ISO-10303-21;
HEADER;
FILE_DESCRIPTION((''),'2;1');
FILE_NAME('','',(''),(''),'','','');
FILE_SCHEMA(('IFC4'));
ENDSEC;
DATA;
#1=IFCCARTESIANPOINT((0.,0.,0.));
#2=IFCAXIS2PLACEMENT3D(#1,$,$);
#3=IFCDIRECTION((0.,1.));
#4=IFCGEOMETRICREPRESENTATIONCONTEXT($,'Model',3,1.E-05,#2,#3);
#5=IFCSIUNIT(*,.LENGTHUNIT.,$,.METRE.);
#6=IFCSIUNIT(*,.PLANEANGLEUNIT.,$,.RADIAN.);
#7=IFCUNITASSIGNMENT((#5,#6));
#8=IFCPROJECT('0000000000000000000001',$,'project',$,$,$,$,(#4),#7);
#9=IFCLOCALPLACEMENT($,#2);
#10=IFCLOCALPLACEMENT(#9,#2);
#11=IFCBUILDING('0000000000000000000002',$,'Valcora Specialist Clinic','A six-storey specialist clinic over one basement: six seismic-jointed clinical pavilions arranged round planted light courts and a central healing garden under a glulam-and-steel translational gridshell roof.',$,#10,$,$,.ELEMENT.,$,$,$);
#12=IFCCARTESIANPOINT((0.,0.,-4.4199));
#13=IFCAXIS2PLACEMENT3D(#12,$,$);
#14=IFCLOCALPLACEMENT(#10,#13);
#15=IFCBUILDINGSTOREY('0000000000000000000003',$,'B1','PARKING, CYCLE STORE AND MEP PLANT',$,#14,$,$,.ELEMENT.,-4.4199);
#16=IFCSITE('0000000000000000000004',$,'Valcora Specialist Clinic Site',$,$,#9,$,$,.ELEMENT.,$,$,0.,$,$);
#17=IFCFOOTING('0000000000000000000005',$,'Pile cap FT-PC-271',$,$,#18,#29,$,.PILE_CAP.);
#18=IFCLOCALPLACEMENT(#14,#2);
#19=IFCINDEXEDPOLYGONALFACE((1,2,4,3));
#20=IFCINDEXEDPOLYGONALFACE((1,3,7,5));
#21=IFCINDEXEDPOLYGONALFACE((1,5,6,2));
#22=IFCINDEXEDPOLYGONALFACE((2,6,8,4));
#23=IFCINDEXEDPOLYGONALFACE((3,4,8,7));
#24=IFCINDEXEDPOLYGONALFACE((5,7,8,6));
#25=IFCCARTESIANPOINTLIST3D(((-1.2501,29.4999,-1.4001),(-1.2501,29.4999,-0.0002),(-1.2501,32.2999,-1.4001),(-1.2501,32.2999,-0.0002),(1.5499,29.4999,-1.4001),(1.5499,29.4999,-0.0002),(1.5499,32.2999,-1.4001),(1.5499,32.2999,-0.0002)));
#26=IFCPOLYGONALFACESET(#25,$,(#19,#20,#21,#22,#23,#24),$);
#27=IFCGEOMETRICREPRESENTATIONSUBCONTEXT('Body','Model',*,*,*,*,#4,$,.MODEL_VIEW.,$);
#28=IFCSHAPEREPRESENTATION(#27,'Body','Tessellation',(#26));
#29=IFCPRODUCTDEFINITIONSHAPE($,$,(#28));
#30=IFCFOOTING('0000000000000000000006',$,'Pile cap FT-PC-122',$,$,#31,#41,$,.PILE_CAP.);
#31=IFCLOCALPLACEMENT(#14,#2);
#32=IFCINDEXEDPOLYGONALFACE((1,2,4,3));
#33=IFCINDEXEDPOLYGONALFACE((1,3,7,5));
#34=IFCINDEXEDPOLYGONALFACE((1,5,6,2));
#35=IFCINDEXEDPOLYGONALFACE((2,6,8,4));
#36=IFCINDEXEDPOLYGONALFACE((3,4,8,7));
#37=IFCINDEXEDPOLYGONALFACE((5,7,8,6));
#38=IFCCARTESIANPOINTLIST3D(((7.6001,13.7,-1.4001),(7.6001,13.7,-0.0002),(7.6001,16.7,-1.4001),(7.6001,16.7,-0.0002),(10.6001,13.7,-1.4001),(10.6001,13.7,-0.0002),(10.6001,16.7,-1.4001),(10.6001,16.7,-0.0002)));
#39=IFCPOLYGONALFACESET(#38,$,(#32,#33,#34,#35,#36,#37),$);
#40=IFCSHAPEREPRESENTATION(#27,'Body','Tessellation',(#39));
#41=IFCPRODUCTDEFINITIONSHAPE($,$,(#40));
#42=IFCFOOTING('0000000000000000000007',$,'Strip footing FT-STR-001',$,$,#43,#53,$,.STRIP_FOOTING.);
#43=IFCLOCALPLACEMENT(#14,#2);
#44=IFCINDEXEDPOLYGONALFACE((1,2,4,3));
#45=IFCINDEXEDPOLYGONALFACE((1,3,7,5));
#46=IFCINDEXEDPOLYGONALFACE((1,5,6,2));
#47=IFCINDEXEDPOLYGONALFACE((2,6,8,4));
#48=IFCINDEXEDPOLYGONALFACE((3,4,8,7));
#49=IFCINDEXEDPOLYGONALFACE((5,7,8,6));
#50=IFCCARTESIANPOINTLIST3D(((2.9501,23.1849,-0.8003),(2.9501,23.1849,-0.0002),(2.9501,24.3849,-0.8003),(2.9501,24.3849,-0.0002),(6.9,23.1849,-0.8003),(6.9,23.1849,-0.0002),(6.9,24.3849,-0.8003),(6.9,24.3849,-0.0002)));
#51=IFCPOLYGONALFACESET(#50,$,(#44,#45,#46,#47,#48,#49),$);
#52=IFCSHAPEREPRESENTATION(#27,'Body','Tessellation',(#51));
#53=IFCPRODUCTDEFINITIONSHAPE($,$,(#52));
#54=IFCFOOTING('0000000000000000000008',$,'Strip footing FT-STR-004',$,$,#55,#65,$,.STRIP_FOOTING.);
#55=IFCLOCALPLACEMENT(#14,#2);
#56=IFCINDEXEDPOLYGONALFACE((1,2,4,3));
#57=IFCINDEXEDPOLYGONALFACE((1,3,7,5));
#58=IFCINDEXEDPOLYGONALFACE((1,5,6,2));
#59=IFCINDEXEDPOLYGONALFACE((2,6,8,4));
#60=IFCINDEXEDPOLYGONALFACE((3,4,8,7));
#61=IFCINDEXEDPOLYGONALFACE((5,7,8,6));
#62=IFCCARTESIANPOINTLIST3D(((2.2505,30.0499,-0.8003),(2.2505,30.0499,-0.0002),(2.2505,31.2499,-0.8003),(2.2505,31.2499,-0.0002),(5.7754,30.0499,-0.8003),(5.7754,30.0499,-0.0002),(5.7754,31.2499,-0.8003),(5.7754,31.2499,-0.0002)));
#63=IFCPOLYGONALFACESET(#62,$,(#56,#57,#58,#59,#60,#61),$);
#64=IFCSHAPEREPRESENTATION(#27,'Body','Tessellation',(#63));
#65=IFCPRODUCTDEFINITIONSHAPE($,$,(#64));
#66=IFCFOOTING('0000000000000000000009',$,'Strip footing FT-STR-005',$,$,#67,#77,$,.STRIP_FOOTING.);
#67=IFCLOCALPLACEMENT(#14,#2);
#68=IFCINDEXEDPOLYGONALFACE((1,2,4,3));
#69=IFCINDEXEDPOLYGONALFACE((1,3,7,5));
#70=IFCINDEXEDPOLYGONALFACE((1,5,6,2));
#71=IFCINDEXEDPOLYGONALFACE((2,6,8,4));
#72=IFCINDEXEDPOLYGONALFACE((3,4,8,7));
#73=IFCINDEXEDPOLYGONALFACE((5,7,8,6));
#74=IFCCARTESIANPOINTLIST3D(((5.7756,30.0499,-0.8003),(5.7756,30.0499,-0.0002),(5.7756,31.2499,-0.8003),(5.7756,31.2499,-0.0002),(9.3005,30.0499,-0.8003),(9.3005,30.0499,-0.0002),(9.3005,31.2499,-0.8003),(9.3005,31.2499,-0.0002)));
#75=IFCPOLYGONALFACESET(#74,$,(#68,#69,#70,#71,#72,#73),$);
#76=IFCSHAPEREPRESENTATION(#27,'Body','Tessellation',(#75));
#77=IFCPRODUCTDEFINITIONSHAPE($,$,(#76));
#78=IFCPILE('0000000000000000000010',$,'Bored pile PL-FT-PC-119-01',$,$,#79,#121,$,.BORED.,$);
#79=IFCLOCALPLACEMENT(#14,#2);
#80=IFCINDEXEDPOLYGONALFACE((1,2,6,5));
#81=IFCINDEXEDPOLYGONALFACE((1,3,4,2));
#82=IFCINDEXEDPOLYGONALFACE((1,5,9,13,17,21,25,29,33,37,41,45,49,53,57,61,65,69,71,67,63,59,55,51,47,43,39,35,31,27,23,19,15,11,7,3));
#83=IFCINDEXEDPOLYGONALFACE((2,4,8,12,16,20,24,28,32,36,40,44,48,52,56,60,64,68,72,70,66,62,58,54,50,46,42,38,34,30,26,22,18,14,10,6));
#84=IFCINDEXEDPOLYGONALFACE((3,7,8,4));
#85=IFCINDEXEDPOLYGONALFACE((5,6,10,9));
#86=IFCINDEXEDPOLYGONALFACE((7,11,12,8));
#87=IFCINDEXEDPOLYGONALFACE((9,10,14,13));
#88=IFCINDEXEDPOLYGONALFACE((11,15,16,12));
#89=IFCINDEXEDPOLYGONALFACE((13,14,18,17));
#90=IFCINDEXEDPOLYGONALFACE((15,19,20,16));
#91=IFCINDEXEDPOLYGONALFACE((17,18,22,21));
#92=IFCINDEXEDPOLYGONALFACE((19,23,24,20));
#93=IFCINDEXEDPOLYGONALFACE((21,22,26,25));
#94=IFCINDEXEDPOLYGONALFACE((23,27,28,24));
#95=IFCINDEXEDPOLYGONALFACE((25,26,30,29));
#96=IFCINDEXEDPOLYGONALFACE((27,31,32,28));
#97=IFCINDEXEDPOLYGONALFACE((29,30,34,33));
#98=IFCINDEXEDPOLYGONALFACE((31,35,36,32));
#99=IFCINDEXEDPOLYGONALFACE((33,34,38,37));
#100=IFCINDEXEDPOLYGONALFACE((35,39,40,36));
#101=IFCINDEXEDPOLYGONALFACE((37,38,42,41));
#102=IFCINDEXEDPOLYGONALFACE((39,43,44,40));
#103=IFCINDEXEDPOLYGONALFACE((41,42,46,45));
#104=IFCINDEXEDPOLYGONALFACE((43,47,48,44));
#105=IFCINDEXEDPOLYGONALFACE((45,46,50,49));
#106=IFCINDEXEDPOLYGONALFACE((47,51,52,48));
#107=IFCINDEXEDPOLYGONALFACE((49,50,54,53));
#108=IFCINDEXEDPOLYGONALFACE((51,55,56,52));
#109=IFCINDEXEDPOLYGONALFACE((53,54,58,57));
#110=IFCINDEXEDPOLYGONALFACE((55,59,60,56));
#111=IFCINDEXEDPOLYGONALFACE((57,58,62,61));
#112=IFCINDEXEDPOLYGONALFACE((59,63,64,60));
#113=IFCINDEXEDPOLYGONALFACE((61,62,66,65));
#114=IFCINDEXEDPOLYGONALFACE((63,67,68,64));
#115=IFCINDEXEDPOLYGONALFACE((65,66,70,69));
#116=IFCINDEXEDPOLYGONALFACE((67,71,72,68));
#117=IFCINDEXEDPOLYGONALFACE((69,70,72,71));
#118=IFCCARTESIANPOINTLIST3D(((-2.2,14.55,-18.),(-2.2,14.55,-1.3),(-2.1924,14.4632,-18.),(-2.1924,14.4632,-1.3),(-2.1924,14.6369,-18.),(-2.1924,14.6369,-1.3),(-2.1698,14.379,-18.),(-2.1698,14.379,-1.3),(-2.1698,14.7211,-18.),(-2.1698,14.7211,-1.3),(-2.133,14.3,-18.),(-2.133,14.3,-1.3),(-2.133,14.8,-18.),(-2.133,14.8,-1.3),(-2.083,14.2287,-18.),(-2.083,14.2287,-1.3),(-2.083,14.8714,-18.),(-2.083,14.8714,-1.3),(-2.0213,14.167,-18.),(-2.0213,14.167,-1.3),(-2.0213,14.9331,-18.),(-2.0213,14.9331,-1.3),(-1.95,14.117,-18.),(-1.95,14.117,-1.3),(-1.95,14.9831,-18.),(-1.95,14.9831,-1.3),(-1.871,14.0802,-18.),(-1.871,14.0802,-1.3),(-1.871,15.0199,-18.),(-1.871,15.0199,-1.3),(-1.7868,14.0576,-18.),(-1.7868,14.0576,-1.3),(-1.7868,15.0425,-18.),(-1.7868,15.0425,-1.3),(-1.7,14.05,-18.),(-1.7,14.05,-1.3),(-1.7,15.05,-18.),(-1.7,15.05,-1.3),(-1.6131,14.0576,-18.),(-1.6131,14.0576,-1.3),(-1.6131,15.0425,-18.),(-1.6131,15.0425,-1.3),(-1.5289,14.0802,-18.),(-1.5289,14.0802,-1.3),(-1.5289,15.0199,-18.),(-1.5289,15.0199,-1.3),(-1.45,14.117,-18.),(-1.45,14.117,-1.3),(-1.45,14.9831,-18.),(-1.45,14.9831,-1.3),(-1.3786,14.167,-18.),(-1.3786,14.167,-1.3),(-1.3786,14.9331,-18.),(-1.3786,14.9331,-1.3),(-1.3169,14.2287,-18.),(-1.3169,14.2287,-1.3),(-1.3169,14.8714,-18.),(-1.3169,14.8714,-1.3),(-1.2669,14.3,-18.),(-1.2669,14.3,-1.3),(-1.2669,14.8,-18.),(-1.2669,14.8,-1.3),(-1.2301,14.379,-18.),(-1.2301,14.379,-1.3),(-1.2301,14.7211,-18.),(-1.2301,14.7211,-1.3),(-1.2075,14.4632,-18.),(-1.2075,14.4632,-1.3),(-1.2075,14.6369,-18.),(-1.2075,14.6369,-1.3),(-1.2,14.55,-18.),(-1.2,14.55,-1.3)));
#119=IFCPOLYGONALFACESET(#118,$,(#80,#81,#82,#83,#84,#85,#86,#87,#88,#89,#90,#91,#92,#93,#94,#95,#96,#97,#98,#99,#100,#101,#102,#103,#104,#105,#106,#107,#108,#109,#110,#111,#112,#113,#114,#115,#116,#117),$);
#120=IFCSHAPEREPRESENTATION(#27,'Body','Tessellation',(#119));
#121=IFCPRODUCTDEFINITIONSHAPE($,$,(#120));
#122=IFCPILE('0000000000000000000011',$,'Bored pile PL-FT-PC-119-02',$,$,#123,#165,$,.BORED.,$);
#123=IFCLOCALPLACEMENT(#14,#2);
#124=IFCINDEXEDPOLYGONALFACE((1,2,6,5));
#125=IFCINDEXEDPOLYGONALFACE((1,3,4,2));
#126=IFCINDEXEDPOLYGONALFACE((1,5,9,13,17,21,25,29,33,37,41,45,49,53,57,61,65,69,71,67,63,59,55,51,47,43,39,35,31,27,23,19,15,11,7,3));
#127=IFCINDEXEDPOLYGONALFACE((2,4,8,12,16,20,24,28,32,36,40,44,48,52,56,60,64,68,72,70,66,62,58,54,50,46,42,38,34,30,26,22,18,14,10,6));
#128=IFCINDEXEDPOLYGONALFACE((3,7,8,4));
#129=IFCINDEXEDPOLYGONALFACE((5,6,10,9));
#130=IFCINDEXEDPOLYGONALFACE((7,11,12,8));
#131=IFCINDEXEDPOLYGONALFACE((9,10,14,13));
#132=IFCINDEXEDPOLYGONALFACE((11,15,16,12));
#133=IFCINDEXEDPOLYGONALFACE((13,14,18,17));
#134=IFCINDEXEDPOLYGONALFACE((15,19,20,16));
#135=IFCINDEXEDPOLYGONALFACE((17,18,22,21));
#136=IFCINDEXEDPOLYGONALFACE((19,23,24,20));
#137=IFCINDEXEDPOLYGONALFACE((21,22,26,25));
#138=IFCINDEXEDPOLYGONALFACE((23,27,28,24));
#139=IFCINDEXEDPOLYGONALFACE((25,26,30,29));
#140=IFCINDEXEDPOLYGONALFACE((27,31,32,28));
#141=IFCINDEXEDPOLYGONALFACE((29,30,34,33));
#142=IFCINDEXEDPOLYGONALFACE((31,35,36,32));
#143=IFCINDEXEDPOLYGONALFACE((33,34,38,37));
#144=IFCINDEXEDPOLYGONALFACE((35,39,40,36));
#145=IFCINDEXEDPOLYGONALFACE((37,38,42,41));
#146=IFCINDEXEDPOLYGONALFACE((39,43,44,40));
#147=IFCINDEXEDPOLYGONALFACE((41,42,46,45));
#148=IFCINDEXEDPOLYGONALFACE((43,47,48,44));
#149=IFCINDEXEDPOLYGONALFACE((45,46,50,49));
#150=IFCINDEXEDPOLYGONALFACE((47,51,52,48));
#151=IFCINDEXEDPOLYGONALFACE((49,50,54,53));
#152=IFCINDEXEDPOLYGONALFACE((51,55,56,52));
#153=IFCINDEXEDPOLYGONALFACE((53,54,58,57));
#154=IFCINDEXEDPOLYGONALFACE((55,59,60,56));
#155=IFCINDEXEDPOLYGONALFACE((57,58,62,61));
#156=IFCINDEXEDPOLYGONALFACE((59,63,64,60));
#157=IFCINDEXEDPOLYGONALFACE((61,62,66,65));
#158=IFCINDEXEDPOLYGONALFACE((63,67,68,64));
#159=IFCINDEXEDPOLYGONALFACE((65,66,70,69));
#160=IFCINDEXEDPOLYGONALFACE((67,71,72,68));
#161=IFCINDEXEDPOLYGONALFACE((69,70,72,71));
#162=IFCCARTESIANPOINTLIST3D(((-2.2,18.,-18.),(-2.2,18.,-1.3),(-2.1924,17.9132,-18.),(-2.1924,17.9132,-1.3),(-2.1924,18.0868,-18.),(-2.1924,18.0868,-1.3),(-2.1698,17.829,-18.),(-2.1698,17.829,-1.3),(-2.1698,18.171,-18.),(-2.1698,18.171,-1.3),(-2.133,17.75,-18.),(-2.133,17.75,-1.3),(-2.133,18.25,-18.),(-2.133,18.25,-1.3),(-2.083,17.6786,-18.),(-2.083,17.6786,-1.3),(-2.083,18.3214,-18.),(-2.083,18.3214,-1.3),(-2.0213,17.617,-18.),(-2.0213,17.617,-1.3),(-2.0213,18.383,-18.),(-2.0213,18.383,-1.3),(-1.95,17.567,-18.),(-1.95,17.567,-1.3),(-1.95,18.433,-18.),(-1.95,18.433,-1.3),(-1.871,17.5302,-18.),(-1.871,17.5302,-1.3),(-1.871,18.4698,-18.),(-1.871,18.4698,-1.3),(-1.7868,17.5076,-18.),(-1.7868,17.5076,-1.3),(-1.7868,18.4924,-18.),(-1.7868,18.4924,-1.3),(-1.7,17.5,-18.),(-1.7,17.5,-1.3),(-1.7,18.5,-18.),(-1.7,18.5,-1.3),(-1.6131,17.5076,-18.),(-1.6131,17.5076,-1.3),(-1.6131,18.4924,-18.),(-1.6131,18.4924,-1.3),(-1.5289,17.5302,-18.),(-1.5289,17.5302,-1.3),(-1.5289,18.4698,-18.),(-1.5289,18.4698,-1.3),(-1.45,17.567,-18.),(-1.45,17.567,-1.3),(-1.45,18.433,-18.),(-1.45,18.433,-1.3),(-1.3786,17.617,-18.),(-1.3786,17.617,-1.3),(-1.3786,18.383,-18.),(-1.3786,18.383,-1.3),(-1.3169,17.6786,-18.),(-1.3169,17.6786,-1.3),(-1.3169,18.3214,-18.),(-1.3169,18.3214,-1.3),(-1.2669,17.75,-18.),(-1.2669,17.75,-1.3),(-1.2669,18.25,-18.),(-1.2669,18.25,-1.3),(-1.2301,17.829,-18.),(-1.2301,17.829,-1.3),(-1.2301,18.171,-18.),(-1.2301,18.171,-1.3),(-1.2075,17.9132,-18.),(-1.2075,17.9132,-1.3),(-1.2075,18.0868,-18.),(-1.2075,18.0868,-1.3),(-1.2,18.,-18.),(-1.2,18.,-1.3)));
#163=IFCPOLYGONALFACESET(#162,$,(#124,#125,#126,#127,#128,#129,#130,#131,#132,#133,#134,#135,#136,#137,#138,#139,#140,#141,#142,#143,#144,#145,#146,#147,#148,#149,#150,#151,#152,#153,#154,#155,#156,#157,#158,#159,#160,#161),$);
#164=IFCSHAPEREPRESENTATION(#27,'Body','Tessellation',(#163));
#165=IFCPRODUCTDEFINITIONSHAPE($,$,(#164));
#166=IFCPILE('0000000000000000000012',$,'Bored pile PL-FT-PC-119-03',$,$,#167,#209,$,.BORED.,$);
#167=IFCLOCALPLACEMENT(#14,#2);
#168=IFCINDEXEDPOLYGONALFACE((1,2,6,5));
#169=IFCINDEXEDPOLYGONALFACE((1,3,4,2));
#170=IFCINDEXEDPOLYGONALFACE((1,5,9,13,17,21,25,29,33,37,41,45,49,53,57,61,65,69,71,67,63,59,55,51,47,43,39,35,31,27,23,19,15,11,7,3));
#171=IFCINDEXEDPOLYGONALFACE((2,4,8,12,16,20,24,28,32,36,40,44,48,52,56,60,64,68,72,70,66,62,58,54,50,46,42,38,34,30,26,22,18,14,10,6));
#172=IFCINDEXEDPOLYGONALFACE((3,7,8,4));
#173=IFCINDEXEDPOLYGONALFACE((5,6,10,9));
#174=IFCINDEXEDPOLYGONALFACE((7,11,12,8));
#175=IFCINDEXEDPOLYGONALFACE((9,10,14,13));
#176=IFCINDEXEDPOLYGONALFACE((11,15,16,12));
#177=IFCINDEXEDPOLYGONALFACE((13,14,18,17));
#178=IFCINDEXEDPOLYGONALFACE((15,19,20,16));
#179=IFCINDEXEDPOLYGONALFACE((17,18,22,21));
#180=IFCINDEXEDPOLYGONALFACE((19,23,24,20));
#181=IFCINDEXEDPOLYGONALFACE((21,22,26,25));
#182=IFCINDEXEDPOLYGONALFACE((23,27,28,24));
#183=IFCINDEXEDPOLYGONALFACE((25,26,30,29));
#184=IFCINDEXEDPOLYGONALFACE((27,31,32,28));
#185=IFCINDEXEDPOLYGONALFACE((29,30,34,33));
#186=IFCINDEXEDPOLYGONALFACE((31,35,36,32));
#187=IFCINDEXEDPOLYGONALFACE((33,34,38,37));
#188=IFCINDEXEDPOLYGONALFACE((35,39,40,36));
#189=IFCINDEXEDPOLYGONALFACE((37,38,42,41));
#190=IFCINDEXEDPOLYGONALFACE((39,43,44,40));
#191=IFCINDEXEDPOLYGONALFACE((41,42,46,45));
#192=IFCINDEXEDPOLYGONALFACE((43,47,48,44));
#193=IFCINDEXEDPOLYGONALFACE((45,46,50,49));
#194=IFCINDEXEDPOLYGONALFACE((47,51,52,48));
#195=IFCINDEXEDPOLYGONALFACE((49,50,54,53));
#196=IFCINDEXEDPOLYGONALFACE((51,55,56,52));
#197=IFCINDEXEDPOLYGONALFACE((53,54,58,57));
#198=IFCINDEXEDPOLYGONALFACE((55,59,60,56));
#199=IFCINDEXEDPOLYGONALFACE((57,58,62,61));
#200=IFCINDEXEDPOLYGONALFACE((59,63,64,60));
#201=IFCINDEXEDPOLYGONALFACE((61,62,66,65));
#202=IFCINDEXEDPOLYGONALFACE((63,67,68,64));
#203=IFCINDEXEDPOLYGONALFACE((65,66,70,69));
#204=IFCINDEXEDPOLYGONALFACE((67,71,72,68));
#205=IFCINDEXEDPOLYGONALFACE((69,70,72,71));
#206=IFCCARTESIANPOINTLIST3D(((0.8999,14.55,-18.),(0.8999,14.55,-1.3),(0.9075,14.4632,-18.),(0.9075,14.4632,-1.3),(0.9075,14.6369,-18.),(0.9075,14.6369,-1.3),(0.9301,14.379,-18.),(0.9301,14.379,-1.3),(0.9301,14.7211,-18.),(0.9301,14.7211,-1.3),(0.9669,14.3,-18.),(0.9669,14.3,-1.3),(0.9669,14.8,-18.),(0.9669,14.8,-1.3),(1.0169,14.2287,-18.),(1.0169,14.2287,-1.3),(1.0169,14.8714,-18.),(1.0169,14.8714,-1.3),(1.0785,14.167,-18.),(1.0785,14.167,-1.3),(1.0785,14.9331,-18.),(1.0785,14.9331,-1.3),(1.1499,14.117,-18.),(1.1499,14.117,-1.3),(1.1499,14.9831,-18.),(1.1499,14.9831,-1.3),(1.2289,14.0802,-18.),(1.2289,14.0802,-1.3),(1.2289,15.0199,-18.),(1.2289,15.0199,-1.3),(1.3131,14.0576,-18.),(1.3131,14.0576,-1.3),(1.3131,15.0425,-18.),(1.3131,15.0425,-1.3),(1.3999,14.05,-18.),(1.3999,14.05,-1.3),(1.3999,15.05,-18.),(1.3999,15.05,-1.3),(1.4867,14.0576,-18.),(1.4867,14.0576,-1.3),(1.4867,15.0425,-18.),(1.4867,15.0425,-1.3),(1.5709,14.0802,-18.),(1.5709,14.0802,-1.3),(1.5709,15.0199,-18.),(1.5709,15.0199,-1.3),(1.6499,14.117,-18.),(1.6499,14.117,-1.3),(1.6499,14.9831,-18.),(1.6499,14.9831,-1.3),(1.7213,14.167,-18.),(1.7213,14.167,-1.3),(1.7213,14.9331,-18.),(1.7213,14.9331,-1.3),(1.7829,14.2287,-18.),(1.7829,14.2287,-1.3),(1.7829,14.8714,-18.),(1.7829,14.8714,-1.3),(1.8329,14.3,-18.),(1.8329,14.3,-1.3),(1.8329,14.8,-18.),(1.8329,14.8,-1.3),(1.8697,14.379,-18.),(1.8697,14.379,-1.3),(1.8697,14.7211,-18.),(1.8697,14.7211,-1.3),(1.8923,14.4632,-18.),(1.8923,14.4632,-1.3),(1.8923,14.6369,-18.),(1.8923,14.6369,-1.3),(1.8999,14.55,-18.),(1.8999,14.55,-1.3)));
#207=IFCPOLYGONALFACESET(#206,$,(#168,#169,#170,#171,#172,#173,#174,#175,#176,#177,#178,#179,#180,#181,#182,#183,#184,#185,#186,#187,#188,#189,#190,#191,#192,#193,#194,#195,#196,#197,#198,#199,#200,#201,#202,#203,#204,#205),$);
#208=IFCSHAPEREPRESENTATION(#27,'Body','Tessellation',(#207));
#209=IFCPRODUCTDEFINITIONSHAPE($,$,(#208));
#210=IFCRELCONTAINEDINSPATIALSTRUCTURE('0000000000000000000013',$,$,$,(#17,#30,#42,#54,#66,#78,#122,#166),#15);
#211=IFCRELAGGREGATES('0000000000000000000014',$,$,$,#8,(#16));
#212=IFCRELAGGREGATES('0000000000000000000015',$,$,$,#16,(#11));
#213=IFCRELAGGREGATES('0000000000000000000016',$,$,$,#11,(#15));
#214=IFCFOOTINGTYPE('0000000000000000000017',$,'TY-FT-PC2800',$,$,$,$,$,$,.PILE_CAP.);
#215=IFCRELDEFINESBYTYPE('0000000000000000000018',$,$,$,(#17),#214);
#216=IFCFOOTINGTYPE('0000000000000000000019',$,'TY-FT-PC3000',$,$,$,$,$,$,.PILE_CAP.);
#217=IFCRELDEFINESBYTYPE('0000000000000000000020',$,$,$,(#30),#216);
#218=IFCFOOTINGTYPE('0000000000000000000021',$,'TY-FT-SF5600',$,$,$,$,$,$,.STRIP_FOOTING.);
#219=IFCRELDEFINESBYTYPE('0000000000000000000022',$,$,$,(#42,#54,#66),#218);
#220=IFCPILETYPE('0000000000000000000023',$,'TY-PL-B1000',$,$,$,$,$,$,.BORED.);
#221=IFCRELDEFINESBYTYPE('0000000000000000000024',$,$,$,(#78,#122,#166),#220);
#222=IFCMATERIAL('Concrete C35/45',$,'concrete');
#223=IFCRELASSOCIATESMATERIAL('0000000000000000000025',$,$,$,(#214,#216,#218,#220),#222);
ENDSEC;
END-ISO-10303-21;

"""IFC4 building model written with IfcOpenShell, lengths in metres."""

from ifc_helpers import new_model, si_unit, direction, frame, origin, origin_2d, place, context, subcontext, project, spatial, rectangle, circle, extrude, material, material_profile, profile_set, type_object, element, save


model = new_model("IFC4")

# Units and contexts
model_context = context("Model", 3, precision=1e-05, world=origin(), true_north=direction((0.0, 1.0)))
body_context = subcontext(model_context, "Body", "Model", "MODEL_VIEW")
ifc_project = project(units=[si_unit("LENGTHUNIT", "METRE"), si_unit("PLANEANGLEUNIT", "RADIAN")], contexts=[model_context])

# Site, building, storey
site_placement = place(None, origin())
site = spatial("IfcSite", under=ifc_project, at=site_placement, Name="Valcora Specialist Clinic Site", CompositionType="ELEMENT", RefElevation=0.0)
building_placement = place(site_placement, origin())
building = spatial("IfcBuilding", under=site, at=building_placement, Name="Valcora Specialist Clinic", Description="A six-storey specialist clinic over one basement: six seismic-jointed clinical pavilions arranged round planted light courts and a central healing garden under a glulam-and-steel translational gridshell roof.", CompositionType="ELEMENT")
storey_placement = place(building_placement, frame((0.0, 0.0, -4.4199)))
storey = spatial("IfcBuildingStorey", under=building, at=storey_placement, Name="B1", Description="PARKING, CYCLE STORE AND MEP PLANT", CompositionType="ELEMENT", Elevation=-4.4199)

# Footings
ifc_material_1 = material(Name="Concrete C35/45", Category="concrete")
footing_type_1 = type_object("IfcFootingType", Name="TY-FT-PC2800", PredefinedType="PILE_CAP", material=ifc_material_1)
footing_1_placement = place(storey_placement, frame((0.1499, 30.8999, -1.4001), z_axis=(0.0, 0.0, 1.0), x_axis=(1.0, 0.0, 0.0)))
element("IfcFooting", 1, at=footing_1_placement, inside=storey, type_object=footing_type_1, Name="Pile cap FT-PC-271", PredefinedType="PILE_CAP", context=body_context, shape_type="SweptSolid", body=[
    extrude(rectangle(XDim=2.8, YDim=2.8, at=origin_2d()), origin(), (0.0, 0.0, 1.0), 1.3999),
])
footing_type_2 = type_object("IfcFootingType", Name="TY-FT-PC3000", PredefinedType="PILE_CAP", material=ifc_material_1)
footing_2_placement = place(storey_placement, frame((9.1001, 15.2, -1.4001), z_axis=(0.0, 0.0, 1.0), x_axis=(1.0, 0.0, 0.0)))
element("IfcFooting", 2, at=footing_2_placement, inside=storey, type_object=footing_type_2, Name="Pile cap FT-PC-122", PredefinedType="PILE_CAP", context=body_context, shape_type="SweptSolid", body=[
    extrude(rectangle(XDim=3.0, YDim=3.0, at=origin_2d()), origin(), (0.0, 0.0, 1.0), 1.3999),
])
footing_type_3 = type_object("IfcFootingType", Name="TY-FT-SF5600", PredefinedType="STRIP_FOOTING", material=ifc_material_1)
footing_3_placement = place(storey_placement, frame((4.925, 23.7849, -0.8003), z_axis=(0.0, 0.0, 1.0), x_axis=(1.0, 0.0, 0.0)))
element("IfcFooting", 3, at=footing_3_placement, inside=storey, type_object=footing_type_3, Name="Strip footing FT-STR-001", PredefinedType="STRIP_FOOTING", context=body_context, shape_type="SweptSolid", body=[
    extrude(rectangle(XDim=3.95, YDim=1.2, at=origin_2d()), origin(), (0.0, 0.0, 1.0), 0.8),
])
for number, where, z_axis, x_axis, name in (
    (4, (4.0129, 30.6499, -0.8003), (0.0, 0.0, 1.0), (1.0, 0.0, 0.0), "Strip footing FT-STR-004"),
    (5, (7.5381, 30.6499, -0.8003), (0.0, 0.0, 1.0), (1.0, 0.0, 0.0), "Strip footing FT-STR-005"),
):
    element("IfcFooting", number, at=place(storey_placement, frame(where, z_axis=z_axis, x_axis=x_axis)), inside=storey, type_object=footing_type_3, Name=name, PredefinedType="STRIP_FOOTING", context=body_context, shape_type="SweptSolid", body=[
        extrude(rectangle(XDim=3.5249, YDim=1.2, at=origin_2d()), origin(), (0.0, 0.0, 1.0), 0.8),
    ])

# Piles
ifc_material_profile_1 = material_profile(ifc_material_1, circle(Radius=0.5, at=origin_2d()), Name="RC-PIL-D1000")
ifc_profile_set_1 = profile_set([ifc_material_profile_1], Name="Concrete C35/45")
pile_type_1 = type_object("IfcPileType", Name="TY-PL-B1000", PredefinedType="BORED", material=ifc_profile_set_1)
for number, where, z_axis, x_axis, name in (
    (6, (-1.7, 14.55, -1.3), (0.0, 0.0, -1.0), (1.0, 0.0, 0.0), "Bored pile PL-FT-PC-119-01"),
    (7, (-1.7, 18.0, -1.3), (0.0, 0.0, -1.0), (1.0, 0.0, 0.0), "Bored pile PL-FT-PC-119-02"),
    (8, (1.3999, 14.55, -1.3), (0.0, 0.0, -1.0), (1.0, 0.0, 0.0), "Bored pile PL-FT-PC-119-03"),
):
    element("IfcPile", number, at=place(storey_placement, frame(where, z_axis=z_axis, x_axis=x_axis)), inside=storey, type_object=pile_type_1, Name=name, PredefinedType="BORED", context=body_context, shape_type="SweptSolid", body=[
        extrude(circle(Radius=0.5, at=origin_2d()), origin(), (0.0, 0.0, 1.0), 16.7),
    ])

save(model, "model.ifc")
